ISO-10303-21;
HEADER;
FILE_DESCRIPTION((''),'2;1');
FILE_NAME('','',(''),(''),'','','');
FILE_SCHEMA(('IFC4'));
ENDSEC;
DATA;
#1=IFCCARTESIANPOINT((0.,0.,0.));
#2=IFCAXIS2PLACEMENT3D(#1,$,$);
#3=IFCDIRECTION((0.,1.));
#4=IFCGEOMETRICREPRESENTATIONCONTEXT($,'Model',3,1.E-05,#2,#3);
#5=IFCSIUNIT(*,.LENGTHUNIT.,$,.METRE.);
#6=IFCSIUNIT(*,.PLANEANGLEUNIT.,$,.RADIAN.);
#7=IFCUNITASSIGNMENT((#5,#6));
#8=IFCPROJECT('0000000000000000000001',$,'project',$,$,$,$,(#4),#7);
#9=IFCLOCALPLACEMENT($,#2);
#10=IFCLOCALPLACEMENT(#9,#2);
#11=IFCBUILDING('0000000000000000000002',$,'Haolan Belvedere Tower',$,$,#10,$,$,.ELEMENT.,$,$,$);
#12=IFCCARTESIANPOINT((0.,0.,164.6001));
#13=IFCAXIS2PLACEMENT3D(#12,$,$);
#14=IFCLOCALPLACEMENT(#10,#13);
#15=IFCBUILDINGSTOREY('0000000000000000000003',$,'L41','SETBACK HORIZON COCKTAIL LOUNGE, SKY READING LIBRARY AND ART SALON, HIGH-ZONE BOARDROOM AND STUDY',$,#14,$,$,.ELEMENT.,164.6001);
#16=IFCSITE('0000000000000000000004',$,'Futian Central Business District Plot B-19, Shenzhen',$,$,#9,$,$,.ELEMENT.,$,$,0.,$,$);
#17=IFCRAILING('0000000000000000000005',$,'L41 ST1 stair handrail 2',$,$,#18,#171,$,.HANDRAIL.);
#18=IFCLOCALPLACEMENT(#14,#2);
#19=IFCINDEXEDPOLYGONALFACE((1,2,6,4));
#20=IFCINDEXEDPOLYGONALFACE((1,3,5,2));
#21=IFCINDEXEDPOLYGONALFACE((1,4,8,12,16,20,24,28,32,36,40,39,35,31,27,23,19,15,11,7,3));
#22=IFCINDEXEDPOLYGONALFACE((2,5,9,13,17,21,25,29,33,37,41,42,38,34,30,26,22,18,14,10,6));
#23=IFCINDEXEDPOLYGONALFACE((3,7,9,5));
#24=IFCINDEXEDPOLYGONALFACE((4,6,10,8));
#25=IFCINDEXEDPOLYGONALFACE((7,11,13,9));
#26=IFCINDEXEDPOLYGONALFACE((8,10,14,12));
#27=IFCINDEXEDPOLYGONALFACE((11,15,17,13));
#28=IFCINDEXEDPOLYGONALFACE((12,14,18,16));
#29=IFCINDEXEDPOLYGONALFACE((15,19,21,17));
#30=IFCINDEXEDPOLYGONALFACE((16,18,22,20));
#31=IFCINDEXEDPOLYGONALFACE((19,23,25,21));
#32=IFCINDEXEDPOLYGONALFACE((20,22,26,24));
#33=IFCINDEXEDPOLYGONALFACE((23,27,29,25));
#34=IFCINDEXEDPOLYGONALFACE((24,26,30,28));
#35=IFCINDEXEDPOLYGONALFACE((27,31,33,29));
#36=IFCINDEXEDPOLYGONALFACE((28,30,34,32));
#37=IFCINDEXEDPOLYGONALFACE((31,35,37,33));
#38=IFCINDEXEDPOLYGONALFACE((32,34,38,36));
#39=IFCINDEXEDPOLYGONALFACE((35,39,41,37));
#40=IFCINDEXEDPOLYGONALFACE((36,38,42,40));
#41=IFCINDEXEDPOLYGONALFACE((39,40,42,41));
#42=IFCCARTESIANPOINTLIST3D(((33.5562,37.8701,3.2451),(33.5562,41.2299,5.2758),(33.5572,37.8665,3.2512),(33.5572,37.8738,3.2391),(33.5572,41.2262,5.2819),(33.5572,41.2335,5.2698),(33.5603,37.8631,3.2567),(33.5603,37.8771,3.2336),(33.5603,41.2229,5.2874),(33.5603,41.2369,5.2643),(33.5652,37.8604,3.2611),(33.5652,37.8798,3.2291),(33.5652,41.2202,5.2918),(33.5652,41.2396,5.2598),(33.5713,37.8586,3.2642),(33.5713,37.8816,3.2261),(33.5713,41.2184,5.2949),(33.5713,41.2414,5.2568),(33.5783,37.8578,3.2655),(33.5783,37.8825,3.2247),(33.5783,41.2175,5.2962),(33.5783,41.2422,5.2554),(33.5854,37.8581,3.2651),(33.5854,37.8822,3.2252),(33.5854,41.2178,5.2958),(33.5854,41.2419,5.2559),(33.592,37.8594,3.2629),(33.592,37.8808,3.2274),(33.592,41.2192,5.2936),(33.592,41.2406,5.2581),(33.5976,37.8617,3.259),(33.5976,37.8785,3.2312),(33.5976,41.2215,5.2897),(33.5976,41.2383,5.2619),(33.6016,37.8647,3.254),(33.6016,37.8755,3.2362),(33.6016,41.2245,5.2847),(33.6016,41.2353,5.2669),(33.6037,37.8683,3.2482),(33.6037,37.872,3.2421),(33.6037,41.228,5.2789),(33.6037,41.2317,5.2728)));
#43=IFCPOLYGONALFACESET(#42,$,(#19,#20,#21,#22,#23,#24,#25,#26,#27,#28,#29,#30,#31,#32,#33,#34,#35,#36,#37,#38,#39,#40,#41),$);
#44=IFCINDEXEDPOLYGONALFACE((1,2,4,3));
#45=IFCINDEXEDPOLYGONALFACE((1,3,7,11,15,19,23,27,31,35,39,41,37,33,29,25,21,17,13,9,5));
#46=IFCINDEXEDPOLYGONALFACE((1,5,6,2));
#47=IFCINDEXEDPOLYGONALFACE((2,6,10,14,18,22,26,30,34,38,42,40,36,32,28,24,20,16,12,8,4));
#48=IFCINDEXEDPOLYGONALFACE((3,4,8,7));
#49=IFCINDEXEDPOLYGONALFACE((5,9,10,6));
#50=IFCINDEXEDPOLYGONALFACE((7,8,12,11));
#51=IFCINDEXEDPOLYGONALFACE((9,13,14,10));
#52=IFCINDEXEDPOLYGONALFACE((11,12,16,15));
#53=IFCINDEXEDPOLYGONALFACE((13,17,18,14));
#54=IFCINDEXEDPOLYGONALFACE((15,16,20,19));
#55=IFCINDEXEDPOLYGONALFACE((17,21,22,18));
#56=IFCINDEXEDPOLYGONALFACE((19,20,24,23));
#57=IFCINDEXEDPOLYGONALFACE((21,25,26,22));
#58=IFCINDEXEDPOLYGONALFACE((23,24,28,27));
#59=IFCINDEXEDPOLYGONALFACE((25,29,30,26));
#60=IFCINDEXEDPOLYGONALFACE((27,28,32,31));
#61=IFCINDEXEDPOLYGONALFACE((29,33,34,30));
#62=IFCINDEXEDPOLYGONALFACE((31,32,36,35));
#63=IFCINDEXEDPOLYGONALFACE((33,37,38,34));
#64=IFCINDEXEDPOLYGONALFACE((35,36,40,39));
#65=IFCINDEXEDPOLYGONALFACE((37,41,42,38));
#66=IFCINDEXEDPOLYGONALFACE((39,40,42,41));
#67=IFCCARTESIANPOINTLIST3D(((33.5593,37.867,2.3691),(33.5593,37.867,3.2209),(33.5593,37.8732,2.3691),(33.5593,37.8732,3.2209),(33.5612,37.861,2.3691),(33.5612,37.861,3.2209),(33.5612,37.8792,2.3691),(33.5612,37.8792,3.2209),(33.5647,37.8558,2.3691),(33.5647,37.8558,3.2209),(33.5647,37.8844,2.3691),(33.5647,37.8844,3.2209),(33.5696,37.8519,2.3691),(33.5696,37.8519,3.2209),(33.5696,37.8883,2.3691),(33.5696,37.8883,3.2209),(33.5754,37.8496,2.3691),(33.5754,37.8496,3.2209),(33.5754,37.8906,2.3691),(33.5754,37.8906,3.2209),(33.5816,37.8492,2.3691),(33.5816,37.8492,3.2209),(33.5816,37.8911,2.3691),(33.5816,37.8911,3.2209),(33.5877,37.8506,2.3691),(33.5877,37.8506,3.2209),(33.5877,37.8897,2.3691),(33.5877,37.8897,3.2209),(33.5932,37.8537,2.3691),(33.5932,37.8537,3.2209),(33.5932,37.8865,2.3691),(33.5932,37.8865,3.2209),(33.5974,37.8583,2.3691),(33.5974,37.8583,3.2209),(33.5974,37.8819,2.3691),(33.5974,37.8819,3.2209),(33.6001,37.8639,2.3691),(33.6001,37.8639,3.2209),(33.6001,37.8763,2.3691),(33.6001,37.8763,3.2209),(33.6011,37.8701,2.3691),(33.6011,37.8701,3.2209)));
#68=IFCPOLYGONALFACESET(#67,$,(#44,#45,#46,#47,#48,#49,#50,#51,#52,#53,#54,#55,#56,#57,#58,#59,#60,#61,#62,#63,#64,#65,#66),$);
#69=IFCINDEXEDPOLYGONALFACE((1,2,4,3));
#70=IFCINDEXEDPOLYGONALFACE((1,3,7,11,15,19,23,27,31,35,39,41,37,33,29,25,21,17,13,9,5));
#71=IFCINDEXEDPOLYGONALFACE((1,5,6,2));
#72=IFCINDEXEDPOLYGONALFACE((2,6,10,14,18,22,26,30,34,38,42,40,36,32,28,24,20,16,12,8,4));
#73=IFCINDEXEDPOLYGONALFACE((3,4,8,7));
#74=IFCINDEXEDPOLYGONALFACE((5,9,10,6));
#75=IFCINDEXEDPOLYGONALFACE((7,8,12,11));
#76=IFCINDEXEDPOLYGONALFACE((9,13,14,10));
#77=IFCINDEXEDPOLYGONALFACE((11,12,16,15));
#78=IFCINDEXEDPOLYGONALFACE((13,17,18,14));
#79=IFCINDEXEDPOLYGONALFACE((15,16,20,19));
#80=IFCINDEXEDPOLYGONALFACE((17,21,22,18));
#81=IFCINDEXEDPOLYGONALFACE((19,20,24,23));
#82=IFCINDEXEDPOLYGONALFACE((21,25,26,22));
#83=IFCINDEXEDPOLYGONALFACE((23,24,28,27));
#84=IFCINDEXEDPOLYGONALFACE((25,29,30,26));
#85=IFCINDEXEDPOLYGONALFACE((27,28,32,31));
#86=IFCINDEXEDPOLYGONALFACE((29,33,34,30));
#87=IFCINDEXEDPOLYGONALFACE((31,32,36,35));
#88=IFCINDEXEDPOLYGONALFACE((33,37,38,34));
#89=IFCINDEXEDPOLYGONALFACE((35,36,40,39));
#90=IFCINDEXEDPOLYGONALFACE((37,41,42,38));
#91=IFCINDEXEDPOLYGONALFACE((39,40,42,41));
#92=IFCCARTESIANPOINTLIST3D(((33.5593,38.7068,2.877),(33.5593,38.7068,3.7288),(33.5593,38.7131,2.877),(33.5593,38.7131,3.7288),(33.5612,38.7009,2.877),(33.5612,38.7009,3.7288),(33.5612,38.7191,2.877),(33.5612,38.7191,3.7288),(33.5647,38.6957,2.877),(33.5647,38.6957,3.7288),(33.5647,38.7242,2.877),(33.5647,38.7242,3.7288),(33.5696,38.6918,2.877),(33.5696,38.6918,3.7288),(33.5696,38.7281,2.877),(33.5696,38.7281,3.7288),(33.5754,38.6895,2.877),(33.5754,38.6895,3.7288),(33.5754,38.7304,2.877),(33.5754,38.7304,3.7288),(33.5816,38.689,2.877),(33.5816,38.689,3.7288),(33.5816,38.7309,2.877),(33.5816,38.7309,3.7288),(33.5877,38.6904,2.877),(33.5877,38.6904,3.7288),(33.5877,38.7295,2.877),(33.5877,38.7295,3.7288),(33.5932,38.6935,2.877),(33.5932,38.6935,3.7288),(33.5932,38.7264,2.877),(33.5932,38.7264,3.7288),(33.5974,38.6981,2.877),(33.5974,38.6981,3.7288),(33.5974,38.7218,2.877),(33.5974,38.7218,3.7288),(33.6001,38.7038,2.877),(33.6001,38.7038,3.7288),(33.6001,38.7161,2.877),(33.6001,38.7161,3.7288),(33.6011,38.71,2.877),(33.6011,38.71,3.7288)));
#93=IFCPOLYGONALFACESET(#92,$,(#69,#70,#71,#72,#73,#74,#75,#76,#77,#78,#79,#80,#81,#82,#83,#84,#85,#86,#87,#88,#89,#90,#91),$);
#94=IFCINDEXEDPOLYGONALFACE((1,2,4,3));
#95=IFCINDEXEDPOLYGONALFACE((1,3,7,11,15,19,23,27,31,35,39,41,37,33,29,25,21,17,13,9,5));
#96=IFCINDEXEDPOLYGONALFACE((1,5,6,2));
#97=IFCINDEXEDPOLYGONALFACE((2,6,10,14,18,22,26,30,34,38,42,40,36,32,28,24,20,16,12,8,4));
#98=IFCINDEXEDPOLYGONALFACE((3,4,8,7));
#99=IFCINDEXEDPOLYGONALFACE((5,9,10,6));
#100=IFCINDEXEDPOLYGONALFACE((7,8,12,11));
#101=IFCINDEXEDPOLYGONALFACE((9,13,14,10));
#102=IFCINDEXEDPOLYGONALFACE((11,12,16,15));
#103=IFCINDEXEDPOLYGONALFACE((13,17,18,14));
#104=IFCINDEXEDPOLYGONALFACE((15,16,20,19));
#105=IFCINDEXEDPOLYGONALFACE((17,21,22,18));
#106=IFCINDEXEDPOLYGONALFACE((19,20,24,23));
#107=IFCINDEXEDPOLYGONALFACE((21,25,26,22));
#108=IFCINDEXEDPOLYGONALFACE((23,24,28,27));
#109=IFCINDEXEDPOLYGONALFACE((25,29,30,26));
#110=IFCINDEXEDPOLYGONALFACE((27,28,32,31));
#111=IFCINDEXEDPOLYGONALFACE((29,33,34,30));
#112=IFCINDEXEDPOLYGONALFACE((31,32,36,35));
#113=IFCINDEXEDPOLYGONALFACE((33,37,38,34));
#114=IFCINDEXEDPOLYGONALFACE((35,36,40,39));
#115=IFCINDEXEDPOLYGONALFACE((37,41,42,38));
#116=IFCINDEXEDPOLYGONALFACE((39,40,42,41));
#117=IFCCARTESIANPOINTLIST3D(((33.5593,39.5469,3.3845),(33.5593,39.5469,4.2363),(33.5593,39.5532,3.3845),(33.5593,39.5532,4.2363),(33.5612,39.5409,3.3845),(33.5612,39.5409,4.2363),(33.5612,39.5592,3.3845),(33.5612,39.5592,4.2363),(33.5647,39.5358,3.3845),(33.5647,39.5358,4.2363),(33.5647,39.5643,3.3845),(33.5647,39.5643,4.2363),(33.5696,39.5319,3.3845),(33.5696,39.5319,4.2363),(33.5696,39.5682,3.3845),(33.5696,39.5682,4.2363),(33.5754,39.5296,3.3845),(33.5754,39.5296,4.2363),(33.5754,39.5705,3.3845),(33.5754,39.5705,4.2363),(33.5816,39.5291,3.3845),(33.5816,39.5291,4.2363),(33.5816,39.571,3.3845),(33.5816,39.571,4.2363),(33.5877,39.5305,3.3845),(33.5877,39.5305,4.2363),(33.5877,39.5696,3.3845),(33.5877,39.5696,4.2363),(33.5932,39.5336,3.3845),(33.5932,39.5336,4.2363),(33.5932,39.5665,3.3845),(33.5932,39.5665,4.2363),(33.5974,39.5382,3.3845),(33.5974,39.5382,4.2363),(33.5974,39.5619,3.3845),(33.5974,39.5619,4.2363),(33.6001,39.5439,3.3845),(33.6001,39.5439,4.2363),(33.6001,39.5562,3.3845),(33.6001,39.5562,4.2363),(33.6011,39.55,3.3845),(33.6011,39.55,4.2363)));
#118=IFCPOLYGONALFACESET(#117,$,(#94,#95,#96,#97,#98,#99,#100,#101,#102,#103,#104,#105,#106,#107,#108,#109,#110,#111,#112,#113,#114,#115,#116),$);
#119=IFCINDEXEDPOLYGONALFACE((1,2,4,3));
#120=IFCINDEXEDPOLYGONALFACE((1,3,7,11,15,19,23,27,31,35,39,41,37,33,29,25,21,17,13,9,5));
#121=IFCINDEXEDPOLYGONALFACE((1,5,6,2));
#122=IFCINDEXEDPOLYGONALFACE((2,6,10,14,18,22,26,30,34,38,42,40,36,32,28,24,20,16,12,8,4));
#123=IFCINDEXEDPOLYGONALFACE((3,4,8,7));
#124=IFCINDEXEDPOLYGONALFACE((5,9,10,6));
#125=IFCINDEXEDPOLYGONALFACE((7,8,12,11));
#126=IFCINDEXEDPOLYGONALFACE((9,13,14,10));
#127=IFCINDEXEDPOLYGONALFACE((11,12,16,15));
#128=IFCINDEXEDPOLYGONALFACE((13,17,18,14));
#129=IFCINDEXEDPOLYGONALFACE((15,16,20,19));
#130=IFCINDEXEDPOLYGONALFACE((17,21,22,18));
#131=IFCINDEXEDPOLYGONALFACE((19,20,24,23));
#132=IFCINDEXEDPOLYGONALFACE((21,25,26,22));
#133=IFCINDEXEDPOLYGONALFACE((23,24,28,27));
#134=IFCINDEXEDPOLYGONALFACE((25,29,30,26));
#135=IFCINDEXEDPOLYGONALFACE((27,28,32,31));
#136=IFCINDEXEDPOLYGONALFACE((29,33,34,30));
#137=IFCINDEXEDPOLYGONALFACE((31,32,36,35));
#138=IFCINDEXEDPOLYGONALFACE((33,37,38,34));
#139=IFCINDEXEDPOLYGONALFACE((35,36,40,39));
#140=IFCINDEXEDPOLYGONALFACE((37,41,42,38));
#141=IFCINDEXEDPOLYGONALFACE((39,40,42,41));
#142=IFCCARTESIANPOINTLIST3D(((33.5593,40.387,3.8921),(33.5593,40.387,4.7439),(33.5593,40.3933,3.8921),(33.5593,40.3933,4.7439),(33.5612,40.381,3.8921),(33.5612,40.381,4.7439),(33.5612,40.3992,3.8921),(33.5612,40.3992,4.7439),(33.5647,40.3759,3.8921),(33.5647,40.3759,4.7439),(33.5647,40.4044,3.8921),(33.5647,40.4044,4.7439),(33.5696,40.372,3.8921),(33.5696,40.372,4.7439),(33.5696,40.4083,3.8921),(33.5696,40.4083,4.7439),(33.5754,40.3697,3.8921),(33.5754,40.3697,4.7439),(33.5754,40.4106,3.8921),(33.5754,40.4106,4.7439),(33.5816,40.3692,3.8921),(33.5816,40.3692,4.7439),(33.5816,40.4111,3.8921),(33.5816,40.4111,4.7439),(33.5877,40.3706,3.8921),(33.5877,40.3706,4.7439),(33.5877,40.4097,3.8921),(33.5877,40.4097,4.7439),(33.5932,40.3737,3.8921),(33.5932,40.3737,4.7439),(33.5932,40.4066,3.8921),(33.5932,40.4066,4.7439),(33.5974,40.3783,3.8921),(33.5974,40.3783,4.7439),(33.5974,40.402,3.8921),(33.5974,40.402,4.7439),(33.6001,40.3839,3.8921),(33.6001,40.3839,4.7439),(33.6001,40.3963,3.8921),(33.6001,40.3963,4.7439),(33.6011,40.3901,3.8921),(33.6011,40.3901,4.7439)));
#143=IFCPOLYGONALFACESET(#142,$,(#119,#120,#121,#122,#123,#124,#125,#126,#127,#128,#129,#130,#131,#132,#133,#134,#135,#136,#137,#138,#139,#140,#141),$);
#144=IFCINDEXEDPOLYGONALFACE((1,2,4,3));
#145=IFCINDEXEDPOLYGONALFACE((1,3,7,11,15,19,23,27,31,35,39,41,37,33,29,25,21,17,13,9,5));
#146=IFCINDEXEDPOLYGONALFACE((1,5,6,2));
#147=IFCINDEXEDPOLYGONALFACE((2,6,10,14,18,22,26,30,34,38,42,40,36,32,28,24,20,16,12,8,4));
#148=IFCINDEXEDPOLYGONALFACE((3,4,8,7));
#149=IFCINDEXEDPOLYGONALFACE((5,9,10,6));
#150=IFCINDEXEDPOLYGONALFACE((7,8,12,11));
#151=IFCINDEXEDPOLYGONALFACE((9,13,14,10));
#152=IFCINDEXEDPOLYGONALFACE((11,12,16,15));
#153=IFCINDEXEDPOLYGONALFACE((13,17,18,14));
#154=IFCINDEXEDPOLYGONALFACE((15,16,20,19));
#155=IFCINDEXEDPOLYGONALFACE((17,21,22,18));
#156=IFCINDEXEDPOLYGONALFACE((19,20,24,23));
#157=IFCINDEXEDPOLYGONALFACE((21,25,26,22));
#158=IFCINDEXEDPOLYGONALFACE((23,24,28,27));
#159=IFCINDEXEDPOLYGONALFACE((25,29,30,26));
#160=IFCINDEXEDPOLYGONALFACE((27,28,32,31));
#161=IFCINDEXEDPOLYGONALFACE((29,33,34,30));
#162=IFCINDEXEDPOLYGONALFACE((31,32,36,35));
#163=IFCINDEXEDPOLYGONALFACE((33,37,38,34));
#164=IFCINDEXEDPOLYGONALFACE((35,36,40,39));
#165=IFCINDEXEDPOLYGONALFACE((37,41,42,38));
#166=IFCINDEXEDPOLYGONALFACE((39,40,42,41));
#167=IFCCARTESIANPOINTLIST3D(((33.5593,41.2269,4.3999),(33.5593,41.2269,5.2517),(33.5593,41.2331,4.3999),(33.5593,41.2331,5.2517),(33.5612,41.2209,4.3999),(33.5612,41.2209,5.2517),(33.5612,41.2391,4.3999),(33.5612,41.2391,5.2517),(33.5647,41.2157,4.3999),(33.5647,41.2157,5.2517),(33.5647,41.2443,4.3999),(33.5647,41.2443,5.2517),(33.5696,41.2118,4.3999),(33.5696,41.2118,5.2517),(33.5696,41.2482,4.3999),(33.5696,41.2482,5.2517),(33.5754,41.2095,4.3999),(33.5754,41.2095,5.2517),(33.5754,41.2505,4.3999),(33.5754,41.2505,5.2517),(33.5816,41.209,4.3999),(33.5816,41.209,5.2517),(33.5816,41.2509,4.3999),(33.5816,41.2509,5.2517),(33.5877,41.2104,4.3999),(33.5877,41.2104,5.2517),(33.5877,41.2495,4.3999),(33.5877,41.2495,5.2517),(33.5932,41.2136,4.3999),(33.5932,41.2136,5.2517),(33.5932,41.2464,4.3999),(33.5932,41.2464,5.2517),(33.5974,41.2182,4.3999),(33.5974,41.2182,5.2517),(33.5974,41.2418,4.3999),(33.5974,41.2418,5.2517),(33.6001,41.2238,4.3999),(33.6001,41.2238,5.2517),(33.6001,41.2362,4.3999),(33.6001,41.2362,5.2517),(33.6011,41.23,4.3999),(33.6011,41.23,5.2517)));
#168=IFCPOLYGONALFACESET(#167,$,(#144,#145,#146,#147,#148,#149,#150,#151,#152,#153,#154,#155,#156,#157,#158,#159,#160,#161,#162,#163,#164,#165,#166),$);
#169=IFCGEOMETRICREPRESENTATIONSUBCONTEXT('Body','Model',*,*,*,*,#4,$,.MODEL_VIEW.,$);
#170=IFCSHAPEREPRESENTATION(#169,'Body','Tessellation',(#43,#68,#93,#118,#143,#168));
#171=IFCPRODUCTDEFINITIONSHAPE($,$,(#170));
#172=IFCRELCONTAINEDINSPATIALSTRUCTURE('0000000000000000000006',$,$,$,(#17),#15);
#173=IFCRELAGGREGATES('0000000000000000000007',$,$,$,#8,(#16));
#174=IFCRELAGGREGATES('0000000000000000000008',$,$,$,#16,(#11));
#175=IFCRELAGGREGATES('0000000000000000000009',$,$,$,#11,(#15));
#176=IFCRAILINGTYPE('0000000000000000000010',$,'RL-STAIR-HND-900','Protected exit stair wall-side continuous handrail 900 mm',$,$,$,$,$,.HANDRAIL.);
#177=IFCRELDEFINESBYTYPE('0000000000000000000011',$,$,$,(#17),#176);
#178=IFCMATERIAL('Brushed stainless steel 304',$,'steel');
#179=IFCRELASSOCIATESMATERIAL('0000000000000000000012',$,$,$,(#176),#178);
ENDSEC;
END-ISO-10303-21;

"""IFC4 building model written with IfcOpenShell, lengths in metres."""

from ifc_helpers import new_model, si_unit, direction, frame, origin, origin_2d, place, context, subcontext, project, spatial, circle, extrude, material, type_object, element, save


model = new_model("IFC4")

# Units and contexts
model_context = context("Model", 3, precision=1e-05, world=origin(), true_north=direction((0.0, 1.0)))
body_context = subcontext(model_context, "Body", "Model", "MODEL_VIEW")
ifc_project = project(units=[si_unit("LENGTHUNIT", "METRE"), si_unit("PLANEANGLEUNIT", "RADIAN")], contexts=[model_context])

# Site, building, storey
site_placement = place(None, origin())
site = spatial("IfcSite", under=ifc_project, at=site_placement, Name="Futian Central Business District Plot B-19, Shenzhen", CompositionType="ELEMENT", RefElevation=0.0)
building_placement = place(site_placement, origin())
building = spatial("IfcBuilding", under=site, at=building_placement, Name="Haolan Belvedere Tower", CompositionType="ELEMENT")
storey_placement = place(building_placement, frame((0.0, 0.0, 164.6001)))
storey = spatial("IfcBuildingStorey", under=building, at=storey_placement, Name="L41", Description="SETBACK HORIZON COCKTAIL LOUNGE, SKY READING LIBRARY AND ART SALON, HIGH-ZONE BOARDROOM AND STUDY", CompositionType="ELEMENT", Elevation=164.6001)

# Railing
ifc_material_1 = material(Name="Brushed stainless steel 304", Category="steel")
railing_type_1 = type_object("IfcRailingType", Name="RL-STAIR-HND-900", Description="Protected exit stair wall-side continuous handrail 900 mm", PredefinedType="HANDRAIL", material=ifc_material_1)
for number, where, name in (
    (1, (33.5801, 37.8701, 2.3691), "L41 ST1 stair handrail 2"),
):
    element("IfcRailing", number, at=place(storey_placement, frame(where)), inside=storey, type_object=railing_type_1, Name=name, PredefinedType="HANDRAIL", context=body_context, shape_type="SweptSolid", body=[
        extrude(circle(Radius=0.0239, at=origin_2d()), frame((0.0, 0.0, 0.876), z_axis=(0.0, 0.85582, 0.517273), x_axis=(-1.0, 0.0, 0.0)), (0.0, 0.0, 1.0), 3.9258),
        extrude(circle(Radius=0.021, at=origin_2d()), origin(), (0.0, 0.0, 1.0), 0.8518),
        extrude(circle(Radius=0.021, at=origin_2d()), frame((0.0, 0.8398, 0.5078)), (0.0, 0.0, 1.0), 0.8518),
        extrude(circle(Radius=0.021, at=origin_2d()), frame((0.0, 1.6799, 1.0154)), (0.0, 0.0, 1.0), 0.8518),
        extrude(circle(Radius=0.021, at=origin_2d()), frame((0.0, 2.52, 1.5229)), (0.0, 0.0, 1.0), 0.8518),
        extrude(circle(Radius=0.021, at=origin_2d()), frame((0.0, 3.3599, 2.0308)), (0.0, 0.0, 1.0), 0.8518),
    ])

save(model, "model.ifc")
